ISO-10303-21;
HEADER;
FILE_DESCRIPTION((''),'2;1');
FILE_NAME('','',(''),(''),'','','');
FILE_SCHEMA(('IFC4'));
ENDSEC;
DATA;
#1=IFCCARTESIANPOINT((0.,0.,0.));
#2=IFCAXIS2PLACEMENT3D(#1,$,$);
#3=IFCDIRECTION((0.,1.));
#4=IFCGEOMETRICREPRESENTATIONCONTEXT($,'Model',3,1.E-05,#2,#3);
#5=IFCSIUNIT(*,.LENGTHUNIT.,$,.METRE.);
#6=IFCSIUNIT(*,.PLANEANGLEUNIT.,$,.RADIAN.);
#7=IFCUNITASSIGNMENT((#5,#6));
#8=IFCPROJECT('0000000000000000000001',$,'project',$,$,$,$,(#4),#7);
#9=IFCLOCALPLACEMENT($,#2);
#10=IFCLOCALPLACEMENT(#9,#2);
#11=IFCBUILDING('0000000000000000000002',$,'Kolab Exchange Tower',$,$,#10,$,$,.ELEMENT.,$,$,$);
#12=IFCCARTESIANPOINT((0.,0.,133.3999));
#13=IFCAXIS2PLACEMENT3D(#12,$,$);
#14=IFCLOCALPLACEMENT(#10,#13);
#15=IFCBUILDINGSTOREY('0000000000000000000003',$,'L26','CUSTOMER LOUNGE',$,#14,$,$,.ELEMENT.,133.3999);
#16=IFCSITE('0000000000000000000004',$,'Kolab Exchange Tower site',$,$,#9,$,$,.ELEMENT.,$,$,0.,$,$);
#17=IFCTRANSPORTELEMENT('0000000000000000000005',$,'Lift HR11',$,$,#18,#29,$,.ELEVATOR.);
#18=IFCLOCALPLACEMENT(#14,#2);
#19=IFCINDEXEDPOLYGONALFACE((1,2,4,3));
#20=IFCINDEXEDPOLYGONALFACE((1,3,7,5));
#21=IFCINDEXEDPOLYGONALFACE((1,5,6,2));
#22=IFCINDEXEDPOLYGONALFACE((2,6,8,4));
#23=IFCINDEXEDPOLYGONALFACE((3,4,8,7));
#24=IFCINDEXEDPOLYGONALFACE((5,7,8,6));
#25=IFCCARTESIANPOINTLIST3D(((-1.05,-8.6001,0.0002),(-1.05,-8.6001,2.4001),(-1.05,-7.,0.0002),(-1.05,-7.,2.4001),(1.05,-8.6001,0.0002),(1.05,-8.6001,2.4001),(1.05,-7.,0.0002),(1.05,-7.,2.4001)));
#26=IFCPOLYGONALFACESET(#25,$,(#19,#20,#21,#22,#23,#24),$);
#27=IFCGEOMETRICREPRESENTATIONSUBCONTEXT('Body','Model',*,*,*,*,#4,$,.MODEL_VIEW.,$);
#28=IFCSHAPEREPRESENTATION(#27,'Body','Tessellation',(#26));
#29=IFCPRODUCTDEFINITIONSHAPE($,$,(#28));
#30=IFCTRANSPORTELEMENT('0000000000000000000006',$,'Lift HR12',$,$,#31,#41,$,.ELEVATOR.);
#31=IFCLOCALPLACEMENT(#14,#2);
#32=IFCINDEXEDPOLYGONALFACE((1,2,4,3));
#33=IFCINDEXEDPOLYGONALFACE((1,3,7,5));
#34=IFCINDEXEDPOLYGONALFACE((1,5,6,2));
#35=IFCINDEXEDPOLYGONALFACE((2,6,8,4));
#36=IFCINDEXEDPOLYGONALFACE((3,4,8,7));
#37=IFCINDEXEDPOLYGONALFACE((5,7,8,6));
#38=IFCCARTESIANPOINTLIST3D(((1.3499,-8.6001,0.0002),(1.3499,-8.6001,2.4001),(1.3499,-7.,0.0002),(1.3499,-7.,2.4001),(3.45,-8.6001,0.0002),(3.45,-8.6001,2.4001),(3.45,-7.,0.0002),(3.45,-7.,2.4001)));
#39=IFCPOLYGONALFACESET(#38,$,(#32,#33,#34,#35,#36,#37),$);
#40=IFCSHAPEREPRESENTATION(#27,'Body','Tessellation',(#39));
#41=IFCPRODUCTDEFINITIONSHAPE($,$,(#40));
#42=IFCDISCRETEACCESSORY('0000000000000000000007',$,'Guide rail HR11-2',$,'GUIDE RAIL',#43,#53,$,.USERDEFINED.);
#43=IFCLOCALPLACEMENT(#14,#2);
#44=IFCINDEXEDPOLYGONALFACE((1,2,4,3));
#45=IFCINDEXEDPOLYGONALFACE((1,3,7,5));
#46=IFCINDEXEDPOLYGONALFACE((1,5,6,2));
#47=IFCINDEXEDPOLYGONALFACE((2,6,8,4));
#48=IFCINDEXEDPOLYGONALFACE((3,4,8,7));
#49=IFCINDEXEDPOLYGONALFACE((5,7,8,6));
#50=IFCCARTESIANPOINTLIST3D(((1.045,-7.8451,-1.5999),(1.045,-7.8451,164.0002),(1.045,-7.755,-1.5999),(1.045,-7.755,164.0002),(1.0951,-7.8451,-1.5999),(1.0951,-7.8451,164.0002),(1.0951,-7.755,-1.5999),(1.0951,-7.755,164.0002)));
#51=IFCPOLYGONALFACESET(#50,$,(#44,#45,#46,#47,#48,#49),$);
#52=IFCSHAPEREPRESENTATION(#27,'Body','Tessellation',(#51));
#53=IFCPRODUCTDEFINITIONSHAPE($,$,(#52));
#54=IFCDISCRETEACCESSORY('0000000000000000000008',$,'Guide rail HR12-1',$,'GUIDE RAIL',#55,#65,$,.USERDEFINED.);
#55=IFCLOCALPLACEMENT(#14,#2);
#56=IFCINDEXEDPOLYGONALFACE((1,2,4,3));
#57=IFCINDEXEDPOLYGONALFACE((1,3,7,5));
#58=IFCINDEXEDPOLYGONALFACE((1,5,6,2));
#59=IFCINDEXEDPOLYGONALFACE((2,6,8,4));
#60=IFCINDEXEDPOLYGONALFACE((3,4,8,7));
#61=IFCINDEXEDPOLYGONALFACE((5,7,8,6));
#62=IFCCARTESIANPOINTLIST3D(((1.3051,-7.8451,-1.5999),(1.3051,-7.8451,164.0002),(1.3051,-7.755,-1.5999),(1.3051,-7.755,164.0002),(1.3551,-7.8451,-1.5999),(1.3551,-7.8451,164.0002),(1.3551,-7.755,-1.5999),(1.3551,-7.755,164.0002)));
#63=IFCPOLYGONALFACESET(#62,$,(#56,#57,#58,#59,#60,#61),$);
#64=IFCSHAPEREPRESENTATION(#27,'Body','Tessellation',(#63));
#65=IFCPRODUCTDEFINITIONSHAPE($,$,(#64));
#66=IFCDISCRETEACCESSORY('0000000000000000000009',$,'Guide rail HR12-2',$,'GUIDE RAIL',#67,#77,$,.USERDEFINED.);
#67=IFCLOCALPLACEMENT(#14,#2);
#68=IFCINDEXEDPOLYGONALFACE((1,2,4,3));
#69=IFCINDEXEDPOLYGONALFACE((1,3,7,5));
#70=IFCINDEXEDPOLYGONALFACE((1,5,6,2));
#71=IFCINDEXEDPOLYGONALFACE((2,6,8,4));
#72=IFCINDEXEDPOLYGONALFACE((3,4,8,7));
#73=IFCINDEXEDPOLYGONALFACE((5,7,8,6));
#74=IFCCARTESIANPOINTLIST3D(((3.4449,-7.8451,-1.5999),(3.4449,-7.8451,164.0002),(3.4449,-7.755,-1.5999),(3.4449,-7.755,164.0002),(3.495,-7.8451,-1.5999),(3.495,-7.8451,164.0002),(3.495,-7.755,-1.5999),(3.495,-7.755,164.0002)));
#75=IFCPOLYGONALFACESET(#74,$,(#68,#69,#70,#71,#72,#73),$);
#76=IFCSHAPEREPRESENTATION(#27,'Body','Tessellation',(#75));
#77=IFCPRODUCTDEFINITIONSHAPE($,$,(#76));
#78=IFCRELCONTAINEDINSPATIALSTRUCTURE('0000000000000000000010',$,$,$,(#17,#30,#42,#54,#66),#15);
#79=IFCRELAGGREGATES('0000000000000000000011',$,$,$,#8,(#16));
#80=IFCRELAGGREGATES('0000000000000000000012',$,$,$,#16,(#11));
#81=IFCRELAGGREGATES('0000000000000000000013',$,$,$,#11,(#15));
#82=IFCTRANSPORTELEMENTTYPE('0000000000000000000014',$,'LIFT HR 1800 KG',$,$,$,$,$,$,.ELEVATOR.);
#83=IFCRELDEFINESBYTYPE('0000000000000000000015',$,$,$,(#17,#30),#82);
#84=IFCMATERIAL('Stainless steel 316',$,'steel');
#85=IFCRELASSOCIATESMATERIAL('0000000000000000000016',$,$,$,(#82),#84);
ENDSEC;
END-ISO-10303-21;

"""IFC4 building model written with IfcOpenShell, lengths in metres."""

from ifc_helpers import new_model, si_unit, direction, frame, origin, origin_2d, place, context, subcontext, project, spatial, rectangle, extrude, material, type_object, element, save


model = new_model("IFC4")

# Units and contexts
model_context = context("Model", 3, precision=1e-05, world=origin(), true_north=direction((0.0, 1.0)))
body_context = subcontext(model_context, "Body", "Model", "MODEL_VIEW")
ifc_project = project(units=[si_unit("LENGTHUNIT", "METRE"), si_unit("PLANEANGLEUNIT", "RADIAN")], contexts=[model_context])

# Site, building, storey
site_placement = place(None, origin())
site = spatial("IfcSite", under=ifc_project, at=site_placement, Name="Kolab Exchange Tower site", CompositionType="ELEMENT", RefElevation=0.0)
building_placement = place(site_placement, origin())
building = spatial("IfcBuilding", under=site, at=building_placement, Name="Kolab Exchange Tower", CompositionType="ELEMENT")
storey_placement = place(building_placement, frame((0.0, 0.0, 133.3999)))
storey = spatial("IfcBuildingStorey", under=building, at=storey_placement, Name="L26", Description="CUSTOMER LOUNGE", CompositionType="ELEMENT", Elevation=133.3999)

# Shared definitions
ifc_material_1 = material(Name="Stainless steel 316", Category="steel")

# Transport elements
transport_element_type = type_object("IfcTransportElementType", Name="LIFT HR 1800 KG", PredefinedType="ELEVATOR", material=ifc_material_1)
for number, where, z_axis, x_axis, name in (
    (1, (0.0, -7.8, 0.0002), (0.0, 0.0, 1.0), (1.0, 0.0, 0.0), "Lift HR11"),
    (2, (2.3999, -7.8, 0.0002), (0.0, 0.0, 1.0), (1.0, 0.0, 0.0), "Lift HR12"),
):
    element("IfcTransportElement", number, at=place(storey_placement, frame(where, z_axis=z_axis, x_axis=x_axis)), inside=storey, type_object=transport_element_type, Name=name, PredefinedType="ELEVATOR", context=body_context, shape_type="SweptSolid", body=[
        extrude(rectangle(XDim=2.1001, YDim=1.6001, at=origin_2d()), origin(), (0.0, 0.0, 1.0), 2.3999),
    ])

# Discrete accessories
for number, where, z_axis, x_axis, name in (
    (3, (1.0701, -7.8, -1.5999), (0.0, 0.0, 1.0), (1.0, 0.0, 0.0), "Guide rail HR11-2"),
    (4, (1.3301, -7.8, -1.5999), (0.0, 0.0, 1.0), (1.0, 0.0, 0.0), "Guide rail HR12-1"),
    (5, (3.47, -7.8, -1.5999), (0.0, 0.0, 1.0), (1.0, 0.0, 0.0), "Guide rail HR12-2"),
):
    element("IfcDiscreteAccessory", number, at=place(storey_placement, frame(where, z_axis=z_axis, x_axis=x_axis)), inside=storey, Name=name, ObjectType="GUIDE RAIL", PredefinedType="USERDEFINED", context=body_context, shape_type="SweptSolid", body=[
        extrude(rectangle(XDim=0.05, YDim=0.0901, at=origin_2d()), origin(), (0.0, 0.0, 1.0), 165.6001),
    ])

save(model, "model.ifc")
